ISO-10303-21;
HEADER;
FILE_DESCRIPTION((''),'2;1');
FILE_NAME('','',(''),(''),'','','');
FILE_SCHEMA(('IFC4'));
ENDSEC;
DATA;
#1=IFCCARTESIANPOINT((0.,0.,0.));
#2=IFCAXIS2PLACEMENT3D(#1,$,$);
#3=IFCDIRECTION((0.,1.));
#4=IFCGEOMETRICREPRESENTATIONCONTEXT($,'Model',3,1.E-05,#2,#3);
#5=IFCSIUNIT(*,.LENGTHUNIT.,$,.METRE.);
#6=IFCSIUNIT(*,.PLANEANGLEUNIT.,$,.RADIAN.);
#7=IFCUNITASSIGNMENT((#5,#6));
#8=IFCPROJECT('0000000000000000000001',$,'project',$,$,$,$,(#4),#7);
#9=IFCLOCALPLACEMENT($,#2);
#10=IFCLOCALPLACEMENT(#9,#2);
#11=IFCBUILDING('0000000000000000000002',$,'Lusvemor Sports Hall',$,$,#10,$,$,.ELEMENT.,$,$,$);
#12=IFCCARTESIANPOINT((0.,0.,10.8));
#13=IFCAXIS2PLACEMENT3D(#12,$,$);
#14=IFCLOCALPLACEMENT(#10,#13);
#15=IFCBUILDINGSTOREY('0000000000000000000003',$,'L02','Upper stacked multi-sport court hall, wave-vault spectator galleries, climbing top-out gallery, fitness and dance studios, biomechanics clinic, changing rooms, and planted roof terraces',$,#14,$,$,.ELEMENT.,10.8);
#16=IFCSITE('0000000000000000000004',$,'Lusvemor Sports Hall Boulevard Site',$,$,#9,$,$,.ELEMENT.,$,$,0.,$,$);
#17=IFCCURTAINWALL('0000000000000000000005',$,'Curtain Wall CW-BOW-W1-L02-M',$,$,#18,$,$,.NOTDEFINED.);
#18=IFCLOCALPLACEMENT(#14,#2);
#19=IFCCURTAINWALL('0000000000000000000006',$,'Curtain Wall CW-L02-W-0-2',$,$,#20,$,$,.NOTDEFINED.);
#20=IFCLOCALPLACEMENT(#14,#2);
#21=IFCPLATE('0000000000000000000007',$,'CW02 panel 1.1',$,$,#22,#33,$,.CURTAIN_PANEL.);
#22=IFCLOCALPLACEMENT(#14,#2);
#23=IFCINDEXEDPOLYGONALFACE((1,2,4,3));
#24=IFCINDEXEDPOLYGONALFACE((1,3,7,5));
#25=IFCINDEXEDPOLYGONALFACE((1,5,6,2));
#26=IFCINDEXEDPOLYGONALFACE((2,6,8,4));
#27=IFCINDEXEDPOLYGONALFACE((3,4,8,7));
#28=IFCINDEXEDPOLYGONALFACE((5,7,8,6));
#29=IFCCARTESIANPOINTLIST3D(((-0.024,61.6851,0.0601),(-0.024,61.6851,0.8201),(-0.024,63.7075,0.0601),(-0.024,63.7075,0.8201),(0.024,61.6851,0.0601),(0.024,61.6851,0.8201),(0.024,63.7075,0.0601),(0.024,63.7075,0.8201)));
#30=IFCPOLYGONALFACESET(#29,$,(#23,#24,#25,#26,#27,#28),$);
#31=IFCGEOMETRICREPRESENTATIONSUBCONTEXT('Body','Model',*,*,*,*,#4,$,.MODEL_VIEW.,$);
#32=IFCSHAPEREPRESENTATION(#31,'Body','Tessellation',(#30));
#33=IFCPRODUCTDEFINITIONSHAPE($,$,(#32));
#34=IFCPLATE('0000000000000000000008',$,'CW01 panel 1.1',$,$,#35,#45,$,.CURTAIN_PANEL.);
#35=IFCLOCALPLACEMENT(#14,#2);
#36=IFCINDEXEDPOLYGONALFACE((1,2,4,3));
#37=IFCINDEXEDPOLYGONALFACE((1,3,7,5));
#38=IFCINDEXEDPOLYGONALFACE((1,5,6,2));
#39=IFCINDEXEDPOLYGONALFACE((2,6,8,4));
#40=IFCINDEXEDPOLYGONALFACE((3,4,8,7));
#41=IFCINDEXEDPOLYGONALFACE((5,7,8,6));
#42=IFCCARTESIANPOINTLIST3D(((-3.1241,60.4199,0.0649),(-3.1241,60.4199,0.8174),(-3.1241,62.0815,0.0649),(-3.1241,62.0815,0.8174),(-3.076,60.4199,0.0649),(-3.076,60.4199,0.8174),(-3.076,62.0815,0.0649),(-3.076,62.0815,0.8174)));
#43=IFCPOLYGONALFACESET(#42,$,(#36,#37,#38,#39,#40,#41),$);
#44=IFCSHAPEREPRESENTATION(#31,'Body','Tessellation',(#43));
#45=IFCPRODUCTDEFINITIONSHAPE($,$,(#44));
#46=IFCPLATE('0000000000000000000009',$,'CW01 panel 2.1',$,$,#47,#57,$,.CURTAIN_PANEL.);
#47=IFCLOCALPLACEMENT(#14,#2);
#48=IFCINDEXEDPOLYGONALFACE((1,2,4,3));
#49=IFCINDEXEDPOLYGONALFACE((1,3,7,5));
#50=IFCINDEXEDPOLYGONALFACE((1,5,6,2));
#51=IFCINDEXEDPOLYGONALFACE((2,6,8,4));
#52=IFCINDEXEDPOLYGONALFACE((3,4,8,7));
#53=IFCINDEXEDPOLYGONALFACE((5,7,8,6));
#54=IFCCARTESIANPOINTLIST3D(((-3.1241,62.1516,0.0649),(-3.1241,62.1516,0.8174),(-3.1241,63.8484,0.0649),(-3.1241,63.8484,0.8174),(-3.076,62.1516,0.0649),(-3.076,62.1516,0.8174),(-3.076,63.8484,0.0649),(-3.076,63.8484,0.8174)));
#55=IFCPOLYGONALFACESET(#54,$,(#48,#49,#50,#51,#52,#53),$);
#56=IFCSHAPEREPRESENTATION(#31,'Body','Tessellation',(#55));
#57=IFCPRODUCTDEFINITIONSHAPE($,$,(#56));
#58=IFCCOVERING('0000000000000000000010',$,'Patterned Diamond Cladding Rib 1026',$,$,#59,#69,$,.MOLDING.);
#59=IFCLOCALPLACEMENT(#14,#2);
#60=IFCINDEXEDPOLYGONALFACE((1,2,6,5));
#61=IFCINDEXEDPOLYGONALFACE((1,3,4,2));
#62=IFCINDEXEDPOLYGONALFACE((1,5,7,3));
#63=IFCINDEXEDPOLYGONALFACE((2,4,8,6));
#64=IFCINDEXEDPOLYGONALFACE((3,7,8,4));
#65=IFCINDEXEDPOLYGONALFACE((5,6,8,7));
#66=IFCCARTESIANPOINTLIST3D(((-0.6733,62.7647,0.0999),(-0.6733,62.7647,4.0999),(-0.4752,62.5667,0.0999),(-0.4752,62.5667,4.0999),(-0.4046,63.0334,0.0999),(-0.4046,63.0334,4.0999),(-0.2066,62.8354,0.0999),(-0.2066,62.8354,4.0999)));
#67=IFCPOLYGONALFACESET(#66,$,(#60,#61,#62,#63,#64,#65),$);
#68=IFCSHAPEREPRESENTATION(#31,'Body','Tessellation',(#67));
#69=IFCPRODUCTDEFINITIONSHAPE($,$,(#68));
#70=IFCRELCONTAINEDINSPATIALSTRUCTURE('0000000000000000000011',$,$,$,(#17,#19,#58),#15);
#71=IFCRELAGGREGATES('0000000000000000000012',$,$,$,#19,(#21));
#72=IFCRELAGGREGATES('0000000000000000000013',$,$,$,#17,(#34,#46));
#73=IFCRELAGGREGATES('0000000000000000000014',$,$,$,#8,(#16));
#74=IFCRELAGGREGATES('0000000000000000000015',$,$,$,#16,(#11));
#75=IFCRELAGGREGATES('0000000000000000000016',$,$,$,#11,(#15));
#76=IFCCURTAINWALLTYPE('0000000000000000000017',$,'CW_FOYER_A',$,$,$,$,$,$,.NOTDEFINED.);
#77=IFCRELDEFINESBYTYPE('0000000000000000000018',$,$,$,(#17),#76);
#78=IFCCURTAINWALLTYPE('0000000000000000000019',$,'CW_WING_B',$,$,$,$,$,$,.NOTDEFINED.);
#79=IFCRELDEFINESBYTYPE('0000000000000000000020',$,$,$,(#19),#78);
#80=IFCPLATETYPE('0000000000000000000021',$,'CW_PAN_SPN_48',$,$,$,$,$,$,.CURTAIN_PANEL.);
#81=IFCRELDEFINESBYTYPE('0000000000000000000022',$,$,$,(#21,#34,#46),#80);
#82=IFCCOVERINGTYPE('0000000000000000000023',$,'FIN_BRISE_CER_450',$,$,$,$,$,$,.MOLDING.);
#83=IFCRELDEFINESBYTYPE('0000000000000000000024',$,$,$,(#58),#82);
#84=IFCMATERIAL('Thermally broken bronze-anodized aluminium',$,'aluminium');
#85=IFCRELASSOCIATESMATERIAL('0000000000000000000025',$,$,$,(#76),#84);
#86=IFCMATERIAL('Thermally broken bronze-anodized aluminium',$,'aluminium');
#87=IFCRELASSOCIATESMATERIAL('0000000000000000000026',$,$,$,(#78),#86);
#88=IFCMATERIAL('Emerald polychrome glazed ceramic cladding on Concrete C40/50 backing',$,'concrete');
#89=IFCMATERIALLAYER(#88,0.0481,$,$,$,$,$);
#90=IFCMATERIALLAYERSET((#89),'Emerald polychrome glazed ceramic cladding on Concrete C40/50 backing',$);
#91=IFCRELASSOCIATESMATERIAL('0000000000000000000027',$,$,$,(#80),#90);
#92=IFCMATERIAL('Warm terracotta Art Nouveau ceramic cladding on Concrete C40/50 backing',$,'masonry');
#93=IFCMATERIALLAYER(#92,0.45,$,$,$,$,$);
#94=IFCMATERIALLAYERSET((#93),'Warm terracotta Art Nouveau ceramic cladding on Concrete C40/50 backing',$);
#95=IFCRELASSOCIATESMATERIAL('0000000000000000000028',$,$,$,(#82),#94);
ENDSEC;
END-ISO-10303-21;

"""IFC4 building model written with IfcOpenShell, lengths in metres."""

from ifc_helpers import new_model, si_unit, direction, frame, origin, origin_2d, place, context, subcontext, project, spatial, rectangle, extrude, material, layer, layer_set, type_object, element, aggregate, save


model = new_model("IFC4")

# Units and contexts
model_context = context("Model", 3, precision=1e-05, world=origin(), true_north=direction((0.0, 1.0)))
body_context = subcontext(model_context, "Body", "Model", "MODEL_VIEW")
ifc_project = project(units=[si_unit("LENGTHUNIT", "METRE"), si_unit("PLANEANGLEUNIT", "RADIAN")], contexts=[model_context])

# Site, building, storey
site_placement = place(None, origin())
site = spatial("IfcSite", under=ifc_project, at=site_placement, Name="Lusvemor Sports Hall Boulevard Site", CompositionType="ELEMENT", RefElevation=0.0)
building_placement = place(site_placement, origin())
building = spatial("IfcBuilding", under=site, at=building_placement, Name="Lusvemor Sports Hall", CompositionType="ELEMENT")
storey_placement = place(building_placement, frame((0.0, 0.0, 10.8)))
storey = spatial("IfcBuildingStorey", under=building, at=storey_placement, Name="L02", Description="Upper stacked multi-sport court hall, wave-vault spectator galleries, climbing top-out gallery, fitness and dance studios, biomechanics clinic, changing rooms, and planted roof terraces", CompositionType="ELEMENT", Elevation=10.8)

# Curtain wall
ifc_material_1 = material(Name="Thermally broken bronze-anodized aluminium", Category="aluminium")
curtain_wall_type_1 = type_object("IfcCurtainWallType", Name="CW_FOYER_A", PredefinedType="NOTDEFINED", material=ifc_material_1)
curtain_wall_1_placement = place(storey_placement, origin())
curtain_wall_1 = element("IfcCurtainWall", 1, at=curtain_wall_1_placement, inside=storey, type_object=curtain_wall_type_1, Name="Curtain Wall CW-BOW-W1-L02-M", PredefinedType="NOTDEFINED")

# Curtain wall
ifc_material_2 = material(Name="Thermally broken bronze-anodized aluminium", Category="aluminium")
curtain_wall_type_2 = type_object("IfcCurtainWallType", Name="CW_WING_B", PredefinedType="NOTDEFINED", material=ifc_material_2)
curtain_wall_2_placement = place(storey_placement, origin())
curtain_wall_2 = element("IfcCurtainWall", 2, at=curtain_wall_2_placement, inside=storey, type_object=curtain_wall_type_2, Name="Curtain Wall CW-L02-W-0-2", PredefinedType="NOTDEFINED")

# Plates
ifc_material_3 = material(Name="Emerald polychrome glazed ceramic cladding on Concrete C40/50 backing", Category="concrete")
ifc_layer_1 = layer(ifc_material_3, 0.0481)
ifc_layer_set_1 = layer_set([ifc_layer_1], Name="Emerald polychrome glazed ceramic cladding on Concrete C40/50 backing")
plate_type_1 = type_object("IfcPlateType", Name="CW_PAN_SPN_48", PredefinedType="CURTAIN_PANEL", material=ifc_layer_set_1)
plate_1_placement = place(storey_placement, frame((0.0, 62.6963, 0.0601), z_axis=(0.0, 0.0, 1.0), x_axis=(0.0, 1.0, 0.0)))
plate_1 = element("IfcPlate", 3, at=plate_1_placement, type_object=plate_type_1, Name="CW02 panel 1.1", PredefinedType="CURTAIN_PANEL", context=body_context, shape_type="SweptSolid", body=[
    extrude(rectangle(XDim=2.0225, YDim=0.0481, at=origin_2d()), origin(), (0.0, 0.0, 1.0), 0.76),
])
aggregate(curtain_wall_2, [plate_1])
plate_2_placement = place(storey_placement, frame((-3.1001, 61.2507, 0.0649), z_axis=(0.0, 0.0, 1.0), x_axis=(0.0, 1.0, 0.0)))
plate_2 = element("IfcPlate", 4, at=plate_2_placement, type_object=plate_type_1, Name="CW01 panel 1.1", PredefinedType="CURTAIN_PANEL", context=body_context, shape_type="SweptSolid", body=[
    extrude(rectangle(XDim=1.6616, YDim=0.0481, at=origin_2d()), origin(), (0.0, 0.0, 1.0), 0.7524),
])
plate_3_placement = place(storey_placement, frame((-3.1001, 63.0, 0.0649), z_axis=(0.0, 0.0, 1.0), x_axis=(0.0, 1.0, 0.0)))
plate_3 = element("IfcPlate", 5, at=plate_3_placement, type_object=plate_type_1, Name="CW01 panel 2.1", PredefinedType="CURTAIN_PANEL", context=body_context, shape_type="SweptSolid", body=[
    extrude(rectangle(XDim=1.6968, YDim=0.0481, at=origin_2d()), origin(), (0.0, 0.0, 1.0), 0.7524),
])
aggregate(curtain_wall_1, [plate_2, plate_3])

# Covering
ifc_material_4 = material(Name="Warm terracotta Art Nouveau ceramic cladding on Concrete C40/50 backing", Category="masonry")
ifc_layer_2 = layer(ifc_material_4, 0.45)
ifc_layer_set_2 = layer_set([ifc_layer_2], Name="Warm terracotta Art Nouveau ceramic cladding on Concrete C40/50 backing")
covering_type = type_object("IfcCoveringType", Name="FIN_BRISE_CER_450", PredefinedType="MOLDING", material=ifc_layer_set_2)
covering_placement = place(storey_placement, frame((-0.4399, 62.8, 0.0999), z_axis=(0.0, 0.0, 1.0), x_axis=(0.707107, 0.707107, 0.0)))
element("IfcCovering", 6, at=covering_placement, inside=storey, type_object=covering_type, Name="Patterned Diamond Cladding Rib 1026", PredefinedType="MOLDING", context=body_context, shape_type="SweptSolid", body=[
    extrude(rectangle(XDim=0.3799, YDim=0.28, at=origin_2d()), origin(), (0.0, 0.0, 1.0), 4.0),
])

save(model, "model.ifc")
